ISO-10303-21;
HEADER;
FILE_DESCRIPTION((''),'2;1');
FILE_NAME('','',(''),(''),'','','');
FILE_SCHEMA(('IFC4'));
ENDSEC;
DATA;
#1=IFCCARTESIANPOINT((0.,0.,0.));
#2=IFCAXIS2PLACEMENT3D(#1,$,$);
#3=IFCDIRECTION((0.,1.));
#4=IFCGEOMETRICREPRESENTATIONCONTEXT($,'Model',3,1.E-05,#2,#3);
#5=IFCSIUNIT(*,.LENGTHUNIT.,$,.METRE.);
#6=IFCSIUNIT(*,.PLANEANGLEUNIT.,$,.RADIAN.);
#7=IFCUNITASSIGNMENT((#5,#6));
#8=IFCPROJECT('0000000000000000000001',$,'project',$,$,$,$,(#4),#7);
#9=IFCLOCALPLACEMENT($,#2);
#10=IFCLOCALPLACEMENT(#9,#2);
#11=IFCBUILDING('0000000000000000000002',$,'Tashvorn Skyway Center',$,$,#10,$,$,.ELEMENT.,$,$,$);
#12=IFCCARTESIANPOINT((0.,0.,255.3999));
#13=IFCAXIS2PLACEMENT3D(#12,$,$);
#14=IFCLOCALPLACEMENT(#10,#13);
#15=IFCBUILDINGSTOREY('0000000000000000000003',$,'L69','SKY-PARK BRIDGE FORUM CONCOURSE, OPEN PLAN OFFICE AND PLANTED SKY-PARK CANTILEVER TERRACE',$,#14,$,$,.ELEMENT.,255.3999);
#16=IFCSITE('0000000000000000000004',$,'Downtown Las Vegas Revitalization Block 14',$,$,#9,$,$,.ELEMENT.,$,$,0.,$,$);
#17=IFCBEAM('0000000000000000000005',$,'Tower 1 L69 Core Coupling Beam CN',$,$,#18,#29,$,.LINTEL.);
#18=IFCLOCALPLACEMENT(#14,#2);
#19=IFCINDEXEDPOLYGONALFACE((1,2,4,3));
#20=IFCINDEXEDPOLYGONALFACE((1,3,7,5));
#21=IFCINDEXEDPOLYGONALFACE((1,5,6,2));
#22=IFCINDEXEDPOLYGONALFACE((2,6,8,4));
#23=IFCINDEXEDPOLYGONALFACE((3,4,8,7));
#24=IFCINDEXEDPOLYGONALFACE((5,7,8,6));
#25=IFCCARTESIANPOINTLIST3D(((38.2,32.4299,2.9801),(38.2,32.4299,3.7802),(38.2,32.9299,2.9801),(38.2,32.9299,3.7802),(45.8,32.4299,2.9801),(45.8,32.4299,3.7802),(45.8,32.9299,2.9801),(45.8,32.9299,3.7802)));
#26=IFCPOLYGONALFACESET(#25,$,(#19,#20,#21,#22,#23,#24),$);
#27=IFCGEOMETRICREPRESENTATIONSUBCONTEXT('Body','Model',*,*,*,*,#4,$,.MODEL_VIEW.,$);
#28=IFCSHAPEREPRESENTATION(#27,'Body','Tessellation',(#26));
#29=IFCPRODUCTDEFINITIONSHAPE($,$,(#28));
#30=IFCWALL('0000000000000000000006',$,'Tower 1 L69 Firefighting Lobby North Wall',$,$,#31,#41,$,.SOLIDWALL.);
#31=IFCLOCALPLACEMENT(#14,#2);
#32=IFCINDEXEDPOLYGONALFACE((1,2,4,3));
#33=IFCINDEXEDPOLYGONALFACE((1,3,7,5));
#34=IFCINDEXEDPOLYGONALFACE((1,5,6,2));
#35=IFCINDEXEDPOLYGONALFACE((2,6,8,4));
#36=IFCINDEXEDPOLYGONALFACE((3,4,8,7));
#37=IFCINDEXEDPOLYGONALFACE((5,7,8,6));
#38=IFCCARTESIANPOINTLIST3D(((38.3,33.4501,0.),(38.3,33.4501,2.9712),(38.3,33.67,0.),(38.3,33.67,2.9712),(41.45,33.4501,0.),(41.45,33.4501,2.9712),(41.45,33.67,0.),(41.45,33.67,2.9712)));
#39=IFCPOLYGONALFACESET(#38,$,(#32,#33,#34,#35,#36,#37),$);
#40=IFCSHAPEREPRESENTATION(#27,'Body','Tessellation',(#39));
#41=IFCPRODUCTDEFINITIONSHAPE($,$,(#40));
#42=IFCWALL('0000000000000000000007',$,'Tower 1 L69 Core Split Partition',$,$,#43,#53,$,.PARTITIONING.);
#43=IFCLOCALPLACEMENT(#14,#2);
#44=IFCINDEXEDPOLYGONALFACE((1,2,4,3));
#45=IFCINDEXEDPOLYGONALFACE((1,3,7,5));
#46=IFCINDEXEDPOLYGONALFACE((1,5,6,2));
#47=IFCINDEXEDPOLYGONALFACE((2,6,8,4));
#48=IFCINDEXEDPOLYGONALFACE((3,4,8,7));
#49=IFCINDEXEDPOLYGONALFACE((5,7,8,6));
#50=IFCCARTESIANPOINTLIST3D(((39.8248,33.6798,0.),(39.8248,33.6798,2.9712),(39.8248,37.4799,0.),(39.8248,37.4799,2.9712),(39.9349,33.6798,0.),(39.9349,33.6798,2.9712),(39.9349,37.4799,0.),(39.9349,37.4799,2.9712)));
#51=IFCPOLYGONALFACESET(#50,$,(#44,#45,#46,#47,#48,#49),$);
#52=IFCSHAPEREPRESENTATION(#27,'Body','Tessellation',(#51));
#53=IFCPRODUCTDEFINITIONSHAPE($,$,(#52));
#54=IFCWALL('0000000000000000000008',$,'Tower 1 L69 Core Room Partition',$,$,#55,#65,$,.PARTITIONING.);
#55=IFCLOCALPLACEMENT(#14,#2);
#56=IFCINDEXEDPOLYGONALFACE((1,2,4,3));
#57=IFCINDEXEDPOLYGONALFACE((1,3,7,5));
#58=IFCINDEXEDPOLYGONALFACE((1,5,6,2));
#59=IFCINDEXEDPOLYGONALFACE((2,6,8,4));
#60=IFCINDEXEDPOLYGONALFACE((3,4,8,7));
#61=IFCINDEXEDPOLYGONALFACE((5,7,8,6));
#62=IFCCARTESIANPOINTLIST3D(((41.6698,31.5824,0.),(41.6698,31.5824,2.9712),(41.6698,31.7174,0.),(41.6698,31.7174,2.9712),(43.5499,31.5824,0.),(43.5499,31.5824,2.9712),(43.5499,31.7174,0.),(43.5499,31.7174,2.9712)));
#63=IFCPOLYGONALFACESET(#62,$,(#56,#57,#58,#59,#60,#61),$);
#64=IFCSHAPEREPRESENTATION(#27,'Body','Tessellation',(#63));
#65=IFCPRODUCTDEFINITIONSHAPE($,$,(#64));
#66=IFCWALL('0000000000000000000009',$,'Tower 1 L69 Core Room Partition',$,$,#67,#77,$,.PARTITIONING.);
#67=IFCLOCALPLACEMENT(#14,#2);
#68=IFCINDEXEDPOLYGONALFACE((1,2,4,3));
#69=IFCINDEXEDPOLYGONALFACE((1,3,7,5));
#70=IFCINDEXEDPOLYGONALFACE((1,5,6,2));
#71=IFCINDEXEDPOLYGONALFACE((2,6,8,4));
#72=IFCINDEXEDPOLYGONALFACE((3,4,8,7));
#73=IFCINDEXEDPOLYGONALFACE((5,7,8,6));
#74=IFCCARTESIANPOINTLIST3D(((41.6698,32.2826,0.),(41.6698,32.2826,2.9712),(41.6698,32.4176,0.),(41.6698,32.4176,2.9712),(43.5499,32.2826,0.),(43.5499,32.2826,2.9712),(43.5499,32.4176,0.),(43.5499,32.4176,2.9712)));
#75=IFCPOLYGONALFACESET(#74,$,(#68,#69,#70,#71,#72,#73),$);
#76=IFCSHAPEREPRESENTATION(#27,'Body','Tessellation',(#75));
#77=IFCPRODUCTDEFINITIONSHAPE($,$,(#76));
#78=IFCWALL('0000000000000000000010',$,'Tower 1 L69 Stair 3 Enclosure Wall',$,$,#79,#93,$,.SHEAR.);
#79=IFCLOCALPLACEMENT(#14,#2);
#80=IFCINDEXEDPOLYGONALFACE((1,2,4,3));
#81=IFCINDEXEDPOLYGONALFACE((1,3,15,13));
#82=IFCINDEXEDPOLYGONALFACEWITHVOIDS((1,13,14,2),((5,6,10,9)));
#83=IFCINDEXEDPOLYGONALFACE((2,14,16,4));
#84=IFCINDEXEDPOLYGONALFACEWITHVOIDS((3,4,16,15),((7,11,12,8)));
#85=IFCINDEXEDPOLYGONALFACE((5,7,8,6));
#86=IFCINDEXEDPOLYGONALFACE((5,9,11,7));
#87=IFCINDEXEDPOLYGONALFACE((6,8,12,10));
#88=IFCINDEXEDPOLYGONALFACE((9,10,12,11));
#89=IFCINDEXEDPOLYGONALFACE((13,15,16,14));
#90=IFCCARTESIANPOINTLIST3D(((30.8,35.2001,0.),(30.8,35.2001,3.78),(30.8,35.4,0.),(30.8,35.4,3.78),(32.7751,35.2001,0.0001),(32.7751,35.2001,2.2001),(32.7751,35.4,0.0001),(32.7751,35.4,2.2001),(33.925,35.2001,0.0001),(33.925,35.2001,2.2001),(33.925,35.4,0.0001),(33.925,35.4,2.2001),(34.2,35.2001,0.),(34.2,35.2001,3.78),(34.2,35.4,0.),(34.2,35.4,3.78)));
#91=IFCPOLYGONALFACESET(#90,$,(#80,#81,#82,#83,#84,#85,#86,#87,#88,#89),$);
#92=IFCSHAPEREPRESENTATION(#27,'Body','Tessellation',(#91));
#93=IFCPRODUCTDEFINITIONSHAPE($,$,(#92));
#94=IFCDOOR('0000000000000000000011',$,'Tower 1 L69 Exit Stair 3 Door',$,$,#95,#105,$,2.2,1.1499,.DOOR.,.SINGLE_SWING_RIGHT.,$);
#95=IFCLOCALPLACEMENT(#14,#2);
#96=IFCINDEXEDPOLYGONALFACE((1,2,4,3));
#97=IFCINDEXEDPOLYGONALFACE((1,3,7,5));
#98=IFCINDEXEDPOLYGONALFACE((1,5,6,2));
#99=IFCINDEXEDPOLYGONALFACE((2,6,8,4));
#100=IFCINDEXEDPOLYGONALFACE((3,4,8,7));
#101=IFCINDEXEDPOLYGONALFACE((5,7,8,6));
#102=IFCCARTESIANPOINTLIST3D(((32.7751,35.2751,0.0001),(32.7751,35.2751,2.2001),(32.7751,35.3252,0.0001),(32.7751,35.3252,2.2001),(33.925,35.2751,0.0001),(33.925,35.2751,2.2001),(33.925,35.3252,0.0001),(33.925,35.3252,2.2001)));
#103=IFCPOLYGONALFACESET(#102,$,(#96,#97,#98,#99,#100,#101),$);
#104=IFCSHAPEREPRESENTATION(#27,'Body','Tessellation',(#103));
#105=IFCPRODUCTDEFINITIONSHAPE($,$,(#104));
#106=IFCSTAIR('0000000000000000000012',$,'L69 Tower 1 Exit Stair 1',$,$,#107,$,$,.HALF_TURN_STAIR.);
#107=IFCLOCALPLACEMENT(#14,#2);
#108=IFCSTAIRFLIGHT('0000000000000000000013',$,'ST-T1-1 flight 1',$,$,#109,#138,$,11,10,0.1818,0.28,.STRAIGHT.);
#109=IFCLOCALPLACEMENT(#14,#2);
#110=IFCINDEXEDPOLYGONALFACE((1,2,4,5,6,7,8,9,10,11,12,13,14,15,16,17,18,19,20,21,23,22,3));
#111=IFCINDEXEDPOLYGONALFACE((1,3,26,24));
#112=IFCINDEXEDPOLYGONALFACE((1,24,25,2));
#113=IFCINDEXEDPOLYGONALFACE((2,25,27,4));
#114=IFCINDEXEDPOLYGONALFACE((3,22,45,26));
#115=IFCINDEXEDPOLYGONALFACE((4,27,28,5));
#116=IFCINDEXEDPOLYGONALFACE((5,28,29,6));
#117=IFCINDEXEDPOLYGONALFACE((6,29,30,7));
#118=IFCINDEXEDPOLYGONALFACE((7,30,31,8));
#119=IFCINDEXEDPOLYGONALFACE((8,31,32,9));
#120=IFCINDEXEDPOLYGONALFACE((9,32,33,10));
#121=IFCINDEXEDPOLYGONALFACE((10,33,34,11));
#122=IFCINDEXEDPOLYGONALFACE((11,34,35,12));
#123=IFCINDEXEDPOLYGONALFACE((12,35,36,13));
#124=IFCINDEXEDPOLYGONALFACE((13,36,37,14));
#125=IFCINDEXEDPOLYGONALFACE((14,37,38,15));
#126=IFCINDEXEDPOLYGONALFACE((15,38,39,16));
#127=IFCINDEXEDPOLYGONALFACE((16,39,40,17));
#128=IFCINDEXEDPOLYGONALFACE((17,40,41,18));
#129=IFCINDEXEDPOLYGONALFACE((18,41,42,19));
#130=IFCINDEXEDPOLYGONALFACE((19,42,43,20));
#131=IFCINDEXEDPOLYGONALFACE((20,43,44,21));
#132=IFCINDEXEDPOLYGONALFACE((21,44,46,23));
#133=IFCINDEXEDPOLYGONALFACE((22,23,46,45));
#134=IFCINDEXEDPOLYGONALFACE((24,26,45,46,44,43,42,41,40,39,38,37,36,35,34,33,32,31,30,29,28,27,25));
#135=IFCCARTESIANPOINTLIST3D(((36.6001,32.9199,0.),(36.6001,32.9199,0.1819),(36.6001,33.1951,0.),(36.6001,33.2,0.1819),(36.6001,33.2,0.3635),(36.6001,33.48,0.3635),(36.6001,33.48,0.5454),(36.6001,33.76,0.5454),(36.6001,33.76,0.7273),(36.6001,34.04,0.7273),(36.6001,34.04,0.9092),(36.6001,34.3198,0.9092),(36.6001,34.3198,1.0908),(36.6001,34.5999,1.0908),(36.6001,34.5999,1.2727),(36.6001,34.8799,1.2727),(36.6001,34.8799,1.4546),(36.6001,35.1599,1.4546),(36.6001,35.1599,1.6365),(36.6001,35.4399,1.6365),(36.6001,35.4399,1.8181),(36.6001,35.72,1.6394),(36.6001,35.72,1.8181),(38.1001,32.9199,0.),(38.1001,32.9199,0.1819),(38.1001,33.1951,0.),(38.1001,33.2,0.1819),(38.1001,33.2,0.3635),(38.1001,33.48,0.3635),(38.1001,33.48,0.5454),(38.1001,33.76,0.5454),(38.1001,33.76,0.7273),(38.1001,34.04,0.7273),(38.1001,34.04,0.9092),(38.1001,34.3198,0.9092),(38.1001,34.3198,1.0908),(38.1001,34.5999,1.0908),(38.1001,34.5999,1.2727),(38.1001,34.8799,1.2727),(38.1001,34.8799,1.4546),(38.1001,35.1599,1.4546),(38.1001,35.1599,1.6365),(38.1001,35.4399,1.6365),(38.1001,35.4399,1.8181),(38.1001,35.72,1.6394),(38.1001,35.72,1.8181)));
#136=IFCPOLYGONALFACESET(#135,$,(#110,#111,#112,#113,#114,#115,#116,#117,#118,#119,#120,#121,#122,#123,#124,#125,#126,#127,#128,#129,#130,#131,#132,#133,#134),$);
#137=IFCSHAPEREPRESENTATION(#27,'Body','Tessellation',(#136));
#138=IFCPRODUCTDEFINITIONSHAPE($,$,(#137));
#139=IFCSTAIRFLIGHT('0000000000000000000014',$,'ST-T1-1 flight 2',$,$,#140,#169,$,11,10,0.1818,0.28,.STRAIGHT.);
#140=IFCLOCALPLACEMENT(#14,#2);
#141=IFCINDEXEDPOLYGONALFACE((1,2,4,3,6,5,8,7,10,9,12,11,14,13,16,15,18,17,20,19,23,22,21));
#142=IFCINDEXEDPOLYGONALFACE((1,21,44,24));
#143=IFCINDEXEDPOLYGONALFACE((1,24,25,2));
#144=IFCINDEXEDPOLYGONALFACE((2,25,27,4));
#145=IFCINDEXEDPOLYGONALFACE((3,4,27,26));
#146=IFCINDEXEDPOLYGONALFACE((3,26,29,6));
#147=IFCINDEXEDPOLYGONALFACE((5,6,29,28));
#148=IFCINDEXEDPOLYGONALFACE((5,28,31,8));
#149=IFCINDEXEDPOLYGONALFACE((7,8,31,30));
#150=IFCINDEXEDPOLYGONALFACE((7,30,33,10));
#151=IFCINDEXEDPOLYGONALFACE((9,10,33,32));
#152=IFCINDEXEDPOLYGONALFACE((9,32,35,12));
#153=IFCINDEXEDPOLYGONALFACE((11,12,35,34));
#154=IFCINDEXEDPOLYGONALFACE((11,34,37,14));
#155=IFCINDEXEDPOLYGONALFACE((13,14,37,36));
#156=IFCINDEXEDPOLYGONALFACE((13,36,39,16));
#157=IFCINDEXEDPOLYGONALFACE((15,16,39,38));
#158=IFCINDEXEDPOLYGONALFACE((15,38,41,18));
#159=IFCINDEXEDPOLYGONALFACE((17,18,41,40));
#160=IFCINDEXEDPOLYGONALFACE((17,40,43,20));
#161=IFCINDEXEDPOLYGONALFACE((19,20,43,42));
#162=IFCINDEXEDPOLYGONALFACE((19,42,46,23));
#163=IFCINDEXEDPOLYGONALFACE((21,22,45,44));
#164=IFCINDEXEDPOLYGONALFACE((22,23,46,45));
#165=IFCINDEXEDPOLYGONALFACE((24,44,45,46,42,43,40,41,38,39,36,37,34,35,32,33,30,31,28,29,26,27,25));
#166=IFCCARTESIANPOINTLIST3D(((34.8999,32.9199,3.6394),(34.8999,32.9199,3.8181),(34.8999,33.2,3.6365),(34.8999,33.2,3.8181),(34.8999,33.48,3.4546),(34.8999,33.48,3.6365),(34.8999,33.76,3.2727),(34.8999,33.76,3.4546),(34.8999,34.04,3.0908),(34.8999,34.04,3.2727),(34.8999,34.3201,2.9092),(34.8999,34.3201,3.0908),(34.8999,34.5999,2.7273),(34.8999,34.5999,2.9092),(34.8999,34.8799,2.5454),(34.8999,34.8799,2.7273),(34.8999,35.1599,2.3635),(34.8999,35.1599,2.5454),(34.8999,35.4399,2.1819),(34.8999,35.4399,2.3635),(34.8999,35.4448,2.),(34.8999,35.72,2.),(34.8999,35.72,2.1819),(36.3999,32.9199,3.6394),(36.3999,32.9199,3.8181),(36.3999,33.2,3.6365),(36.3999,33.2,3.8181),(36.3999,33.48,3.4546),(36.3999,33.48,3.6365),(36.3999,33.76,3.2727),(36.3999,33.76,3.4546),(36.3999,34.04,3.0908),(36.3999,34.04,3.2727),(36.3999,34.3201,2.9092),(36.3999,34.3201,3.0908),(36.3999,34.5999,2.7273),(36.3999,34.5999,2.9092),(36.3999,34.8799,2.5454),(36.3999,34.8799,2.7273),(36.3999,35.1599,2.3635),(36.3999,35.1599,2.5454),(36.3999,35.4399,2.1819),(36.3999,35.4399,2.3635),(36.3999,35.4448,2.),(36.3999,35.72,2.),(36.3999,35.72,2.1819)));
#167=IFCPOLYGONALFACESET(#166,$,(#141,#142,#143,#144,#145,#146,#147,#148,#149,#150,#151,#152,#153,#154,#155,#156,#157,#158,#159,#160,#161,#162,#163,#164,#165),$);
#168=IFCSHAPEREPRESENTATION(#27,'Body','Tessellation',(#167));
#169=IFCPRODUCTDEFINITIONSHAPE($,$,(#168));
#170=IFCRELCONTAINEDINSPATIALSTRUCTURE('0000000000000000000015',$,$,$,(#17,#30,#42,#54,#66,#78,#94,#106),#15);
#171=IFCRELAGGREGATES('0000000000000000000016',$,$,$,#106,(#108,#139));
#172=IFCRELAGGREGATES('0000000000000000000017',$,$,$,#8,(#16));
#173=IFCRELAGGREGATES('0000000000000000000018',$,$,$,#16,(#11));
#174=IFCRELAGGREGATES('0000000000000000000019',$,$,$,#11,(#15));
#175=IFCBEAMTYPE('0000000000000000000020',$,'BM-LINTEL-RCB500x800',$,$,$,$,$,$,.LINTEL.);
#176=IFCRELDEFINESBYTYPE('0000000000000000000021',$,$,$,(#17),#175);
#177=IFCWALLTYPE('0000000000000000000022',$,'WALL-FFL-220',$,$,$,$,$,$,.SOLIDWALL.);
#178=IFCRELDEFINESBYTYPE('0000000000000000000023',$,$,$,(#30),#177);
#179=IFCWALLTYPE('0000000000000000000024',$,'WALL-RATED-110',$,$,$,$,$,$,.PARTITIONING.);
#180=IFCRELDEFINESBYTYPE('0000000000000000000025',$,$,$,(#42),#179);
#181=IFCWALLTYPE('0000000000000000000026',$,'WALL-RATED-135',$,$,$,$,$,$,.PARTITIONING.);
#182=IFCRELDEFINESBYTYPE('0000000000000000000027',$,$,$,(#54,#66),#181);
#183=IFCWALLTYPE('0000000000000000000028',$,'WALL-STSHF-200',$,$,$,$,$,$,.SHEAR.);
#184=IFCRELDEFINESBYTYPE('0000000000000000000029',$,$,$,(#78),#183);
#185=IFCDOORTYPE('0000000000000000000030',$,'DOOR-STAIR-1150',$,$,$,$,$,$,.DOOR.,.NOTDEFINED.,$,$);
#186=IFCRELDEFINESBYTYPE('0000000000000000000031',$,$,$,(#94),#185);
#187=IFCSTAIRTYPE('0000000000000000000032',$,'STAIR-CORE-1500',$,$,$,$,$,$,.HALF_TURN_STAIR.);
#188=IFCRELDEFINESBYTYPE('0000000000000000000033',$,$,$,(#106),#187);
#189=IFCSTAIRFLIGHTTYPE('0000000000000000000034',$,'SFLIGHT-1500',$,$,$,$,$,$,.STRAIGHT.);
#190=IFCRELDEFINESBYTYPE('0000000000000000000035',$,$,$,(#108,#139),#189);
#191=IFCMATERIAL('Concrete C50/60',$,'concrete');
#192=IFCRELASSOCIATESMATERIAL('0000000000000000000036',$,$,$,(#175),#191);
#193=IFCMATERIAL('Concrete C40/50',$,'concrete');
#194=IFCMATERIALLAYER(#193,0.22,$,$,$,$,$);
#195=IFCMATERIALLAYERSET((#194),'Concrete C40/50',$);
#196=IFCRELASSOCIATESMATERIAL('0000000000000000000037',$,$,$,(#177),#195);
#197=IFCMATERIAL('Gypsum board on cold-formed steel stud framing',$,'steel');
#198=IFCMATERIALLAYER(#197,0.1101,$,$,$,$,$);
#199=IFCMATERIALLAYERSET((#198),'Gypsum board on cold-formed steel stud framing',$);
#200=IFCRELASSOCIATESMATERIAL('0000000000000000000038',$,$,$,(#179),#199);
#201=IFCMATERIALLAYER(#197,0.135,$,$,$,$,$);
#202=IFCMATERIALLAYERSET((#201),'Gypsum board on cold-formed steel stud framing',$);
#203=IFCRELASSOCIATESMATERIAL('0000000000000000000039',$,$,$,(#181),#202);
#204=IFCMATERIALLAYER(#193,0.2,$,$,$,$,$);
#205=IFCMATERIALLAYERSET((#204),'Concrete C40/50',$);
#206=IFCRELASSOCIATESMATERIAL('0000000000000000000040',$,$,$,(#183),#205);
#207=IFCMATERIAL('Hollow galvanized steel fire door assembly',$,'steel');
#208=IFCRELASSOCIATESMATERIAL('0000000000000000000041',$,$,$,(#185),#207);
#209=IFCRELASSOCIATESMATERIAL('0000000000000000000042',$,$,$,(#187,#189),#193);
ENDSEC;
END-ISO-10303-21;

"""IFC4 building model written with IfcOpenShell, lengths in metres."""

from ifc_helpers import new_model, si_unit, direction, frame, frame_2d, origin, origin_2d, place, context, subcontext, project, spatial, polyline, rectangle, outline, extrude, material, layer, layer_set, material_profile, profile_set, type_object, element, fill, aggregate, save


model = new_model("IFC4")

# Units and contexts
model_context = context("Model", 3, precision=1e-05, world=origin(), true_north=direction((0.0, 1.0)))
body_context = subcontext(model_context, "Body", "Model", "MODEL_VIEW")
ifc_project = project(units=[si_unit("LENGTHUNIT", "METRE"), si_unit("PLANEANGLEUNIT", "RADIAN")], contexts=[model_context])

# Site, building, storey
site_placement = place(None, origin())
site = spatial("IfcSite", under=ifc_project, at=site_placement, Name="Downtown Las Vegas Revitalization Block 14", CompositionType="ELEMENT", RefElevation=0.0)
building_placement = place(site_placement, origin())
building = spatial("IfcBuilding", under=site, at=building_placement, Name="Tashvorn Skyway Center", CompositionType="ELEMENT")
storey_placement = place(building_placement, frame((0.0, 0.0, 255.3999)))
storey = spatial("IfcBuildingStorey", under=building, at=storey_placement, Name="L69", Description="SKY-PARK BRIDGE FORUM CONCOURSE, OPEN PLAN OFFICE AND PLANTED SKY-PARK CANTILEVER TERRACE", CompositionType="ELEMENT", Elevation=255.3999)

# Beam
ifc_material_1 = material(Name="Concrete C50/60", Category="concrete")
ifc_material_profile = material_profile(ifc_material_1, rectangle(XDim=0.5, YDim=0.8, at=origin_2d()), Name="RCB500x800")
ifc_profile_set = profile_set([ifc_material_profile], Name="Concrete C50/60")
beam_type = type_object("IfcBeamType", Name="BM-LINTEL-RCB500x800", PredefinedType="LINTEL", material=ifc_profile_set)
beam_placement = place(storey_placement, frame((38.2, 32.6799, 3.3801), z_axis=(1.0, 0.0, 0.0), x_axis=(0.0, 1.0, 0.0)))
element("IfcBeam", 1, at=beam_placement, inside=storey, type_object=beam_type, Name="Tower 1 L69 Core Coupling Beam CN", PredefinedType="LINTEL", context=body_context, shape_type="SweptSolid", body=[
    extrude(rectangle(XDim=0.5, YDim=0.8, at=origin_2d()), origin(), (0.0, 0.0, 1.0), 7.6001),
])

# Walls
ifc_material_2 = material(Name="Concrete C40/50", Category="concrete")
ifc_layer_1 = layer(ifc_material_2, 0.22)
ifc_layer_set_1 = layer_set([ifc_layer_1], Name="Concrete C40/50")
wall_type_1 = type_object("IfcWallType", Name="WALL-FFL-220", PredefinedType="SOLIDWALL", material=ifc_layer_set_1)
wall_1_placement = place(storey_placement, frame((38.3, 33.5601, 0.0), z_axis=(0.0, 0.0, 1.0), x_axis=(1.0, 0.0, 0.0)))
element("IfcWall", 2, at=wall_1_placement, inside=storey, type_object=wall_type_1, Name="Tower 1 L69 Firefighting Lobby North Wall", PredefinedType="SOLIDWALL", context=body_context, shape_type="SweptSolid", body=[
    extrude(rectangle(XDim=3.1499, YDim=0.22, at=frame_2d((1.575, 0.0))), origin(), (0.0, 0.0, 1.0), 2.9712),
])
ifc_material_3 = material(Name="Gypsum board on cold-formed steel stud framing", Category="steel")
ifc_layer_2 = layer(ifc_material_3, 0.1101)
ifc_layer_set_2 = layer_set([ifc_layer_2], Name="Gypsum board on cold-formed steel stud framing")
wall_type_2 = type_object("IfcWallType", Name="WALL-RATED-110", PredefinedType="PARTITIONING", material=ifc_layer_set_2)
wall_2_placement = place(storey_placement, frame((39.8799, 33.6799, 0.0), z_axis=(0.0, 0.0, 1.0), x_axis=(0.0, 1.0, 0.0)))
element("IfcWall", 3, at=wall_2_placement, inside=storey, type_object=wall_type_2, Name="Tower 1 L69 Core Split Partition", PredefinedType="PARTITIONING", context=body_context, shape_type="SweptSolid", body=[
    extrude(rectangle(XDim=3.8, YDim=0.1101, at=frame_2d((1.8999, 0.0))), origin(), (0.0, 0.0, 1.0), 2.9712),
])
ifc_layer_3 = layer(ifc_material_3, 0.135)
ifc_layer_set_3 = layer_set([ifc_layer_3], Name="Gypsum board on cold-formed steel stud framing")
wall_type_3 = type_object("IfcWallType", Name="WALL-RATED-135", PredefinedType="PARTITIONING", material=ifc_layer_set_3)
for number, where, z_axis, x_axis, name in (
    (4, (41.6699, 31.6499, 0.0), (0.0, 0.0, 1.0), (1.0, 0.0, 0.0), "Tower 1 L69 Core Room Partition"),
    (5, (41.6699, 32.3501, 0.0), (0.0, 0.0, 1.0), (1.0, 0.0, 0.0), "Tower 1 L69 Core Room Partition"),
):
    element("IfcWall", number, at=place(storey_placement, frame(where, z_axis=z_axis, x_axis=x_axis)), inside=storey, type_object=wall_type_3, Name=name, PredefinedType="PARTITIONING", context=body_context, shape_type="SweptSolid", body=[
        extrude(rectangle(XDim=1.8801, YDim=0.135, at=frame_2d((0.9399, 0.0))), origin(), (0.0, 0.0, 1.0), 2.9712),
    ])

# Wall, opening, door
ifc_layer_4 = layer(ifc_material_2, 0.2)
ifc_layer_set_4 = layer_set([ifc_layer_4], Name="Concrete C40/50")
wall_type_4 = type_object("IfcWallType", Name="WALL-STSHF-200", PredefinedType="SHEAR", material=ifc_layer_set_4)
wall_3_placement = place(storey_placement, frame((34.2, 35.3, 0.0), z_axis=(0.0, 0.0, 1.0), x_axis=(-1.0, 0.0, 0.0)))
wall_3 = element("IfcWall", 6, at=wall_3_placement, inside=storey, type_object=wall_type_4, Name="Tower 1 L69 Stair 3 Enclosure Wall", PredefinedType="SHEAR", context=body_context, shape_type="SweptSolid", body=[
    extrude(rectangle(XDim=3.3999, YDim=0.2, at=frame_2d((1.7, 0.0))), origin(), (0.0, 0.0, 1.0), 3.78),
])
opening_placement = place(wall_3_placement, frame((0.2749, 0.0, 0.0)))
opening = element("IfcOpeningElement", 7, at=opening_placement, cuts=wall_3, PredefinedType="OPENING", context=body_context, shape_type="SweptSolid", body=[
    extrude(rectangle(XDim=1.1499, YDim=2.2, at=frame_2d((0.575, 1.1001))), frame((0.0, 0.1099, 0.0), z_axis=(0.0, -1.0, 0.0), x_axis=(1.0, 0.0, 0.0)), (0.0, 0.0, 1.0), 0.22),
])
ifc_material_4 = material(Name="Hollow galvanized steel fire door assembly", Category="steel")
door_type = type_object("IfcDoorType", Name="DOOR-STAIR-1150", OperationType="NOTDEFINED", PredefinedType="DOOR", material=ifc_material_4)
door_placement = place(opening_placement, origin())
door = element("IfcDoor", 8, at=door_placement, inside=storey, type_object=door_type, Name="Tower 1 L69 Exit Stair 3 Door", OperationType="SINGLE_SWING_RIGHT", OverallHeight=2.2, OverallWidth=1.1499, PredefinedType="DOOR", context=body_context, shape_type="SweptSolid", body=[
    extrude(rectangle(XDim=1.1499, YDim=2.2, at=frame_2d((0.575, 1.1001))), frame((0.0, 0.0249, 0.0), z_axis=(0.0, -1.0, 0.0), x_axis=(1.0, 0.0, 0.0)), (0.0, 0.0, 1.0), 0.05),
])
fill(opening, door)

# Stair, stair flights
stair_type = type_object("IfcStairType", Name="STAIR-CORE-1500", PredefinedType="HALF_TURN_STAIR", material=ifc_material_2)
stair_placement = place(storey_placement, origin())
stair = element("IfcStair", 9, at=stair_placement, inside=storey, type_object=stair_type, Name="L69 Tower 1 Exit Stair 1", PredefinedType="HALF_TURN_STAIR")
stair_flight_type = type_object("IfcStairFlightType", Name="SFLIGHT-1500", PredefinedType="STRAIGHT", material=ifc_material_2)
stair_flight_1_placement = place(storey_placement, frame((37.3501, 32.9199, 0.0), z_axis=(0.0, 0.0, 1.0), x_axis=(0.0, 1.0, 0.0)))
stair_flight_1 = element("IfcStairFlight", 10, at=stair_flight_1_placement, type_object=stair_flight_type, Name="ST-T1-1 flight 1", NumberOfRisers=11, NumberOfTreads=10, PredefinedType="STRAIGHT", RiserHeight=0.1818, TreadLength=0.28, context=body_context, shape_type="SweptSolid", body=[
    extrude(outline(polyline([(0.0, 0.0), (0.0, 0.1819), (0.28, 0.1819), (0.28, 0.3635), (0.5601, 0.3635), (0.5601, 0.5454), (0.8401, 0.5454), (0.8401, 0.7273), (1.1201, 0.7273), (1.1201, 0.9092), (1.3999, 0.9092), (1.3999, 1.0908), (1.6799, 1.0908), (1.6799, 1.2727), (1.96, 1.2727), (1.96, 1.4546), (2.24, 1.4546), (2.24, 1.6365), (2.52, 1.6365), (2.52, 1.8181), (2.8, 1.8181), (2.8, 2.0), (2.8, 1.6394), (0.2751, 0.0), (0.0, 0.0)])), frame((0.0, 0.75, 0.0), z_axis=(0.0, -1.0, 0.0), x_axis=(1.0, 0.0, 0.0)), (0.0, 0.0, 1.0), 1.5),
])
stair_flight_2_placement = place(storey_placement, frame((35.6499, 35.72, 2.0), z_axis=(0.0, 0.0, 1.0), x_axis=(0.0, -1.0, 0.0)))
stair_flight_2 = element("IfcStairFlight", 11, at=stair_flight_2_placement, type_object=stair_flight_type, Name="ST-T1-1 flight 2", NumberOfRisers=11, NumberOfTreads=10, PredefinedType="STRAIGHT", RiserHeight=0.1818, TreadLength=0.28, context=body_context, shape_type="SweptSolid", body=[
    extrude(outline(polyline([(0.0, 0.0), (0.0, 0.1819), (0.28, 0.1819), (0.28, 0.3635), (0.5601, 0.3635), (0.5601, 0.5454), (0.8401, 0.5454), (0.8401, 0.7273), (1.1201, 0.7273), (1.1201, 0.9092), (1.3999, 0.9092), (1.3999, 1.0908), (1.6799, 1.0908), (1.6799, 1.2727), (1.96, 1.2727), (1.96, 1.4546), (2.24, 1.4546), (2.24, 1.6365), (2.52, 1.6365), (2.52, 1.8181), (2.8, 1.8181), (2.8, 2.0), (2.8, 1.6394), (0.2751, 0.0), (0.0, 0.0)])), frame((0.0, 0.75, 0.0), z_axis=(0.0, -1.0, 0.0), x_axis=(1.0, 0.0, 0.0)), (0.0, 0.0, 1.0), 1.5),
])
aggregate(stair, [stair_flight_1, stair_flight_2])

save(model, "model.ifc")
